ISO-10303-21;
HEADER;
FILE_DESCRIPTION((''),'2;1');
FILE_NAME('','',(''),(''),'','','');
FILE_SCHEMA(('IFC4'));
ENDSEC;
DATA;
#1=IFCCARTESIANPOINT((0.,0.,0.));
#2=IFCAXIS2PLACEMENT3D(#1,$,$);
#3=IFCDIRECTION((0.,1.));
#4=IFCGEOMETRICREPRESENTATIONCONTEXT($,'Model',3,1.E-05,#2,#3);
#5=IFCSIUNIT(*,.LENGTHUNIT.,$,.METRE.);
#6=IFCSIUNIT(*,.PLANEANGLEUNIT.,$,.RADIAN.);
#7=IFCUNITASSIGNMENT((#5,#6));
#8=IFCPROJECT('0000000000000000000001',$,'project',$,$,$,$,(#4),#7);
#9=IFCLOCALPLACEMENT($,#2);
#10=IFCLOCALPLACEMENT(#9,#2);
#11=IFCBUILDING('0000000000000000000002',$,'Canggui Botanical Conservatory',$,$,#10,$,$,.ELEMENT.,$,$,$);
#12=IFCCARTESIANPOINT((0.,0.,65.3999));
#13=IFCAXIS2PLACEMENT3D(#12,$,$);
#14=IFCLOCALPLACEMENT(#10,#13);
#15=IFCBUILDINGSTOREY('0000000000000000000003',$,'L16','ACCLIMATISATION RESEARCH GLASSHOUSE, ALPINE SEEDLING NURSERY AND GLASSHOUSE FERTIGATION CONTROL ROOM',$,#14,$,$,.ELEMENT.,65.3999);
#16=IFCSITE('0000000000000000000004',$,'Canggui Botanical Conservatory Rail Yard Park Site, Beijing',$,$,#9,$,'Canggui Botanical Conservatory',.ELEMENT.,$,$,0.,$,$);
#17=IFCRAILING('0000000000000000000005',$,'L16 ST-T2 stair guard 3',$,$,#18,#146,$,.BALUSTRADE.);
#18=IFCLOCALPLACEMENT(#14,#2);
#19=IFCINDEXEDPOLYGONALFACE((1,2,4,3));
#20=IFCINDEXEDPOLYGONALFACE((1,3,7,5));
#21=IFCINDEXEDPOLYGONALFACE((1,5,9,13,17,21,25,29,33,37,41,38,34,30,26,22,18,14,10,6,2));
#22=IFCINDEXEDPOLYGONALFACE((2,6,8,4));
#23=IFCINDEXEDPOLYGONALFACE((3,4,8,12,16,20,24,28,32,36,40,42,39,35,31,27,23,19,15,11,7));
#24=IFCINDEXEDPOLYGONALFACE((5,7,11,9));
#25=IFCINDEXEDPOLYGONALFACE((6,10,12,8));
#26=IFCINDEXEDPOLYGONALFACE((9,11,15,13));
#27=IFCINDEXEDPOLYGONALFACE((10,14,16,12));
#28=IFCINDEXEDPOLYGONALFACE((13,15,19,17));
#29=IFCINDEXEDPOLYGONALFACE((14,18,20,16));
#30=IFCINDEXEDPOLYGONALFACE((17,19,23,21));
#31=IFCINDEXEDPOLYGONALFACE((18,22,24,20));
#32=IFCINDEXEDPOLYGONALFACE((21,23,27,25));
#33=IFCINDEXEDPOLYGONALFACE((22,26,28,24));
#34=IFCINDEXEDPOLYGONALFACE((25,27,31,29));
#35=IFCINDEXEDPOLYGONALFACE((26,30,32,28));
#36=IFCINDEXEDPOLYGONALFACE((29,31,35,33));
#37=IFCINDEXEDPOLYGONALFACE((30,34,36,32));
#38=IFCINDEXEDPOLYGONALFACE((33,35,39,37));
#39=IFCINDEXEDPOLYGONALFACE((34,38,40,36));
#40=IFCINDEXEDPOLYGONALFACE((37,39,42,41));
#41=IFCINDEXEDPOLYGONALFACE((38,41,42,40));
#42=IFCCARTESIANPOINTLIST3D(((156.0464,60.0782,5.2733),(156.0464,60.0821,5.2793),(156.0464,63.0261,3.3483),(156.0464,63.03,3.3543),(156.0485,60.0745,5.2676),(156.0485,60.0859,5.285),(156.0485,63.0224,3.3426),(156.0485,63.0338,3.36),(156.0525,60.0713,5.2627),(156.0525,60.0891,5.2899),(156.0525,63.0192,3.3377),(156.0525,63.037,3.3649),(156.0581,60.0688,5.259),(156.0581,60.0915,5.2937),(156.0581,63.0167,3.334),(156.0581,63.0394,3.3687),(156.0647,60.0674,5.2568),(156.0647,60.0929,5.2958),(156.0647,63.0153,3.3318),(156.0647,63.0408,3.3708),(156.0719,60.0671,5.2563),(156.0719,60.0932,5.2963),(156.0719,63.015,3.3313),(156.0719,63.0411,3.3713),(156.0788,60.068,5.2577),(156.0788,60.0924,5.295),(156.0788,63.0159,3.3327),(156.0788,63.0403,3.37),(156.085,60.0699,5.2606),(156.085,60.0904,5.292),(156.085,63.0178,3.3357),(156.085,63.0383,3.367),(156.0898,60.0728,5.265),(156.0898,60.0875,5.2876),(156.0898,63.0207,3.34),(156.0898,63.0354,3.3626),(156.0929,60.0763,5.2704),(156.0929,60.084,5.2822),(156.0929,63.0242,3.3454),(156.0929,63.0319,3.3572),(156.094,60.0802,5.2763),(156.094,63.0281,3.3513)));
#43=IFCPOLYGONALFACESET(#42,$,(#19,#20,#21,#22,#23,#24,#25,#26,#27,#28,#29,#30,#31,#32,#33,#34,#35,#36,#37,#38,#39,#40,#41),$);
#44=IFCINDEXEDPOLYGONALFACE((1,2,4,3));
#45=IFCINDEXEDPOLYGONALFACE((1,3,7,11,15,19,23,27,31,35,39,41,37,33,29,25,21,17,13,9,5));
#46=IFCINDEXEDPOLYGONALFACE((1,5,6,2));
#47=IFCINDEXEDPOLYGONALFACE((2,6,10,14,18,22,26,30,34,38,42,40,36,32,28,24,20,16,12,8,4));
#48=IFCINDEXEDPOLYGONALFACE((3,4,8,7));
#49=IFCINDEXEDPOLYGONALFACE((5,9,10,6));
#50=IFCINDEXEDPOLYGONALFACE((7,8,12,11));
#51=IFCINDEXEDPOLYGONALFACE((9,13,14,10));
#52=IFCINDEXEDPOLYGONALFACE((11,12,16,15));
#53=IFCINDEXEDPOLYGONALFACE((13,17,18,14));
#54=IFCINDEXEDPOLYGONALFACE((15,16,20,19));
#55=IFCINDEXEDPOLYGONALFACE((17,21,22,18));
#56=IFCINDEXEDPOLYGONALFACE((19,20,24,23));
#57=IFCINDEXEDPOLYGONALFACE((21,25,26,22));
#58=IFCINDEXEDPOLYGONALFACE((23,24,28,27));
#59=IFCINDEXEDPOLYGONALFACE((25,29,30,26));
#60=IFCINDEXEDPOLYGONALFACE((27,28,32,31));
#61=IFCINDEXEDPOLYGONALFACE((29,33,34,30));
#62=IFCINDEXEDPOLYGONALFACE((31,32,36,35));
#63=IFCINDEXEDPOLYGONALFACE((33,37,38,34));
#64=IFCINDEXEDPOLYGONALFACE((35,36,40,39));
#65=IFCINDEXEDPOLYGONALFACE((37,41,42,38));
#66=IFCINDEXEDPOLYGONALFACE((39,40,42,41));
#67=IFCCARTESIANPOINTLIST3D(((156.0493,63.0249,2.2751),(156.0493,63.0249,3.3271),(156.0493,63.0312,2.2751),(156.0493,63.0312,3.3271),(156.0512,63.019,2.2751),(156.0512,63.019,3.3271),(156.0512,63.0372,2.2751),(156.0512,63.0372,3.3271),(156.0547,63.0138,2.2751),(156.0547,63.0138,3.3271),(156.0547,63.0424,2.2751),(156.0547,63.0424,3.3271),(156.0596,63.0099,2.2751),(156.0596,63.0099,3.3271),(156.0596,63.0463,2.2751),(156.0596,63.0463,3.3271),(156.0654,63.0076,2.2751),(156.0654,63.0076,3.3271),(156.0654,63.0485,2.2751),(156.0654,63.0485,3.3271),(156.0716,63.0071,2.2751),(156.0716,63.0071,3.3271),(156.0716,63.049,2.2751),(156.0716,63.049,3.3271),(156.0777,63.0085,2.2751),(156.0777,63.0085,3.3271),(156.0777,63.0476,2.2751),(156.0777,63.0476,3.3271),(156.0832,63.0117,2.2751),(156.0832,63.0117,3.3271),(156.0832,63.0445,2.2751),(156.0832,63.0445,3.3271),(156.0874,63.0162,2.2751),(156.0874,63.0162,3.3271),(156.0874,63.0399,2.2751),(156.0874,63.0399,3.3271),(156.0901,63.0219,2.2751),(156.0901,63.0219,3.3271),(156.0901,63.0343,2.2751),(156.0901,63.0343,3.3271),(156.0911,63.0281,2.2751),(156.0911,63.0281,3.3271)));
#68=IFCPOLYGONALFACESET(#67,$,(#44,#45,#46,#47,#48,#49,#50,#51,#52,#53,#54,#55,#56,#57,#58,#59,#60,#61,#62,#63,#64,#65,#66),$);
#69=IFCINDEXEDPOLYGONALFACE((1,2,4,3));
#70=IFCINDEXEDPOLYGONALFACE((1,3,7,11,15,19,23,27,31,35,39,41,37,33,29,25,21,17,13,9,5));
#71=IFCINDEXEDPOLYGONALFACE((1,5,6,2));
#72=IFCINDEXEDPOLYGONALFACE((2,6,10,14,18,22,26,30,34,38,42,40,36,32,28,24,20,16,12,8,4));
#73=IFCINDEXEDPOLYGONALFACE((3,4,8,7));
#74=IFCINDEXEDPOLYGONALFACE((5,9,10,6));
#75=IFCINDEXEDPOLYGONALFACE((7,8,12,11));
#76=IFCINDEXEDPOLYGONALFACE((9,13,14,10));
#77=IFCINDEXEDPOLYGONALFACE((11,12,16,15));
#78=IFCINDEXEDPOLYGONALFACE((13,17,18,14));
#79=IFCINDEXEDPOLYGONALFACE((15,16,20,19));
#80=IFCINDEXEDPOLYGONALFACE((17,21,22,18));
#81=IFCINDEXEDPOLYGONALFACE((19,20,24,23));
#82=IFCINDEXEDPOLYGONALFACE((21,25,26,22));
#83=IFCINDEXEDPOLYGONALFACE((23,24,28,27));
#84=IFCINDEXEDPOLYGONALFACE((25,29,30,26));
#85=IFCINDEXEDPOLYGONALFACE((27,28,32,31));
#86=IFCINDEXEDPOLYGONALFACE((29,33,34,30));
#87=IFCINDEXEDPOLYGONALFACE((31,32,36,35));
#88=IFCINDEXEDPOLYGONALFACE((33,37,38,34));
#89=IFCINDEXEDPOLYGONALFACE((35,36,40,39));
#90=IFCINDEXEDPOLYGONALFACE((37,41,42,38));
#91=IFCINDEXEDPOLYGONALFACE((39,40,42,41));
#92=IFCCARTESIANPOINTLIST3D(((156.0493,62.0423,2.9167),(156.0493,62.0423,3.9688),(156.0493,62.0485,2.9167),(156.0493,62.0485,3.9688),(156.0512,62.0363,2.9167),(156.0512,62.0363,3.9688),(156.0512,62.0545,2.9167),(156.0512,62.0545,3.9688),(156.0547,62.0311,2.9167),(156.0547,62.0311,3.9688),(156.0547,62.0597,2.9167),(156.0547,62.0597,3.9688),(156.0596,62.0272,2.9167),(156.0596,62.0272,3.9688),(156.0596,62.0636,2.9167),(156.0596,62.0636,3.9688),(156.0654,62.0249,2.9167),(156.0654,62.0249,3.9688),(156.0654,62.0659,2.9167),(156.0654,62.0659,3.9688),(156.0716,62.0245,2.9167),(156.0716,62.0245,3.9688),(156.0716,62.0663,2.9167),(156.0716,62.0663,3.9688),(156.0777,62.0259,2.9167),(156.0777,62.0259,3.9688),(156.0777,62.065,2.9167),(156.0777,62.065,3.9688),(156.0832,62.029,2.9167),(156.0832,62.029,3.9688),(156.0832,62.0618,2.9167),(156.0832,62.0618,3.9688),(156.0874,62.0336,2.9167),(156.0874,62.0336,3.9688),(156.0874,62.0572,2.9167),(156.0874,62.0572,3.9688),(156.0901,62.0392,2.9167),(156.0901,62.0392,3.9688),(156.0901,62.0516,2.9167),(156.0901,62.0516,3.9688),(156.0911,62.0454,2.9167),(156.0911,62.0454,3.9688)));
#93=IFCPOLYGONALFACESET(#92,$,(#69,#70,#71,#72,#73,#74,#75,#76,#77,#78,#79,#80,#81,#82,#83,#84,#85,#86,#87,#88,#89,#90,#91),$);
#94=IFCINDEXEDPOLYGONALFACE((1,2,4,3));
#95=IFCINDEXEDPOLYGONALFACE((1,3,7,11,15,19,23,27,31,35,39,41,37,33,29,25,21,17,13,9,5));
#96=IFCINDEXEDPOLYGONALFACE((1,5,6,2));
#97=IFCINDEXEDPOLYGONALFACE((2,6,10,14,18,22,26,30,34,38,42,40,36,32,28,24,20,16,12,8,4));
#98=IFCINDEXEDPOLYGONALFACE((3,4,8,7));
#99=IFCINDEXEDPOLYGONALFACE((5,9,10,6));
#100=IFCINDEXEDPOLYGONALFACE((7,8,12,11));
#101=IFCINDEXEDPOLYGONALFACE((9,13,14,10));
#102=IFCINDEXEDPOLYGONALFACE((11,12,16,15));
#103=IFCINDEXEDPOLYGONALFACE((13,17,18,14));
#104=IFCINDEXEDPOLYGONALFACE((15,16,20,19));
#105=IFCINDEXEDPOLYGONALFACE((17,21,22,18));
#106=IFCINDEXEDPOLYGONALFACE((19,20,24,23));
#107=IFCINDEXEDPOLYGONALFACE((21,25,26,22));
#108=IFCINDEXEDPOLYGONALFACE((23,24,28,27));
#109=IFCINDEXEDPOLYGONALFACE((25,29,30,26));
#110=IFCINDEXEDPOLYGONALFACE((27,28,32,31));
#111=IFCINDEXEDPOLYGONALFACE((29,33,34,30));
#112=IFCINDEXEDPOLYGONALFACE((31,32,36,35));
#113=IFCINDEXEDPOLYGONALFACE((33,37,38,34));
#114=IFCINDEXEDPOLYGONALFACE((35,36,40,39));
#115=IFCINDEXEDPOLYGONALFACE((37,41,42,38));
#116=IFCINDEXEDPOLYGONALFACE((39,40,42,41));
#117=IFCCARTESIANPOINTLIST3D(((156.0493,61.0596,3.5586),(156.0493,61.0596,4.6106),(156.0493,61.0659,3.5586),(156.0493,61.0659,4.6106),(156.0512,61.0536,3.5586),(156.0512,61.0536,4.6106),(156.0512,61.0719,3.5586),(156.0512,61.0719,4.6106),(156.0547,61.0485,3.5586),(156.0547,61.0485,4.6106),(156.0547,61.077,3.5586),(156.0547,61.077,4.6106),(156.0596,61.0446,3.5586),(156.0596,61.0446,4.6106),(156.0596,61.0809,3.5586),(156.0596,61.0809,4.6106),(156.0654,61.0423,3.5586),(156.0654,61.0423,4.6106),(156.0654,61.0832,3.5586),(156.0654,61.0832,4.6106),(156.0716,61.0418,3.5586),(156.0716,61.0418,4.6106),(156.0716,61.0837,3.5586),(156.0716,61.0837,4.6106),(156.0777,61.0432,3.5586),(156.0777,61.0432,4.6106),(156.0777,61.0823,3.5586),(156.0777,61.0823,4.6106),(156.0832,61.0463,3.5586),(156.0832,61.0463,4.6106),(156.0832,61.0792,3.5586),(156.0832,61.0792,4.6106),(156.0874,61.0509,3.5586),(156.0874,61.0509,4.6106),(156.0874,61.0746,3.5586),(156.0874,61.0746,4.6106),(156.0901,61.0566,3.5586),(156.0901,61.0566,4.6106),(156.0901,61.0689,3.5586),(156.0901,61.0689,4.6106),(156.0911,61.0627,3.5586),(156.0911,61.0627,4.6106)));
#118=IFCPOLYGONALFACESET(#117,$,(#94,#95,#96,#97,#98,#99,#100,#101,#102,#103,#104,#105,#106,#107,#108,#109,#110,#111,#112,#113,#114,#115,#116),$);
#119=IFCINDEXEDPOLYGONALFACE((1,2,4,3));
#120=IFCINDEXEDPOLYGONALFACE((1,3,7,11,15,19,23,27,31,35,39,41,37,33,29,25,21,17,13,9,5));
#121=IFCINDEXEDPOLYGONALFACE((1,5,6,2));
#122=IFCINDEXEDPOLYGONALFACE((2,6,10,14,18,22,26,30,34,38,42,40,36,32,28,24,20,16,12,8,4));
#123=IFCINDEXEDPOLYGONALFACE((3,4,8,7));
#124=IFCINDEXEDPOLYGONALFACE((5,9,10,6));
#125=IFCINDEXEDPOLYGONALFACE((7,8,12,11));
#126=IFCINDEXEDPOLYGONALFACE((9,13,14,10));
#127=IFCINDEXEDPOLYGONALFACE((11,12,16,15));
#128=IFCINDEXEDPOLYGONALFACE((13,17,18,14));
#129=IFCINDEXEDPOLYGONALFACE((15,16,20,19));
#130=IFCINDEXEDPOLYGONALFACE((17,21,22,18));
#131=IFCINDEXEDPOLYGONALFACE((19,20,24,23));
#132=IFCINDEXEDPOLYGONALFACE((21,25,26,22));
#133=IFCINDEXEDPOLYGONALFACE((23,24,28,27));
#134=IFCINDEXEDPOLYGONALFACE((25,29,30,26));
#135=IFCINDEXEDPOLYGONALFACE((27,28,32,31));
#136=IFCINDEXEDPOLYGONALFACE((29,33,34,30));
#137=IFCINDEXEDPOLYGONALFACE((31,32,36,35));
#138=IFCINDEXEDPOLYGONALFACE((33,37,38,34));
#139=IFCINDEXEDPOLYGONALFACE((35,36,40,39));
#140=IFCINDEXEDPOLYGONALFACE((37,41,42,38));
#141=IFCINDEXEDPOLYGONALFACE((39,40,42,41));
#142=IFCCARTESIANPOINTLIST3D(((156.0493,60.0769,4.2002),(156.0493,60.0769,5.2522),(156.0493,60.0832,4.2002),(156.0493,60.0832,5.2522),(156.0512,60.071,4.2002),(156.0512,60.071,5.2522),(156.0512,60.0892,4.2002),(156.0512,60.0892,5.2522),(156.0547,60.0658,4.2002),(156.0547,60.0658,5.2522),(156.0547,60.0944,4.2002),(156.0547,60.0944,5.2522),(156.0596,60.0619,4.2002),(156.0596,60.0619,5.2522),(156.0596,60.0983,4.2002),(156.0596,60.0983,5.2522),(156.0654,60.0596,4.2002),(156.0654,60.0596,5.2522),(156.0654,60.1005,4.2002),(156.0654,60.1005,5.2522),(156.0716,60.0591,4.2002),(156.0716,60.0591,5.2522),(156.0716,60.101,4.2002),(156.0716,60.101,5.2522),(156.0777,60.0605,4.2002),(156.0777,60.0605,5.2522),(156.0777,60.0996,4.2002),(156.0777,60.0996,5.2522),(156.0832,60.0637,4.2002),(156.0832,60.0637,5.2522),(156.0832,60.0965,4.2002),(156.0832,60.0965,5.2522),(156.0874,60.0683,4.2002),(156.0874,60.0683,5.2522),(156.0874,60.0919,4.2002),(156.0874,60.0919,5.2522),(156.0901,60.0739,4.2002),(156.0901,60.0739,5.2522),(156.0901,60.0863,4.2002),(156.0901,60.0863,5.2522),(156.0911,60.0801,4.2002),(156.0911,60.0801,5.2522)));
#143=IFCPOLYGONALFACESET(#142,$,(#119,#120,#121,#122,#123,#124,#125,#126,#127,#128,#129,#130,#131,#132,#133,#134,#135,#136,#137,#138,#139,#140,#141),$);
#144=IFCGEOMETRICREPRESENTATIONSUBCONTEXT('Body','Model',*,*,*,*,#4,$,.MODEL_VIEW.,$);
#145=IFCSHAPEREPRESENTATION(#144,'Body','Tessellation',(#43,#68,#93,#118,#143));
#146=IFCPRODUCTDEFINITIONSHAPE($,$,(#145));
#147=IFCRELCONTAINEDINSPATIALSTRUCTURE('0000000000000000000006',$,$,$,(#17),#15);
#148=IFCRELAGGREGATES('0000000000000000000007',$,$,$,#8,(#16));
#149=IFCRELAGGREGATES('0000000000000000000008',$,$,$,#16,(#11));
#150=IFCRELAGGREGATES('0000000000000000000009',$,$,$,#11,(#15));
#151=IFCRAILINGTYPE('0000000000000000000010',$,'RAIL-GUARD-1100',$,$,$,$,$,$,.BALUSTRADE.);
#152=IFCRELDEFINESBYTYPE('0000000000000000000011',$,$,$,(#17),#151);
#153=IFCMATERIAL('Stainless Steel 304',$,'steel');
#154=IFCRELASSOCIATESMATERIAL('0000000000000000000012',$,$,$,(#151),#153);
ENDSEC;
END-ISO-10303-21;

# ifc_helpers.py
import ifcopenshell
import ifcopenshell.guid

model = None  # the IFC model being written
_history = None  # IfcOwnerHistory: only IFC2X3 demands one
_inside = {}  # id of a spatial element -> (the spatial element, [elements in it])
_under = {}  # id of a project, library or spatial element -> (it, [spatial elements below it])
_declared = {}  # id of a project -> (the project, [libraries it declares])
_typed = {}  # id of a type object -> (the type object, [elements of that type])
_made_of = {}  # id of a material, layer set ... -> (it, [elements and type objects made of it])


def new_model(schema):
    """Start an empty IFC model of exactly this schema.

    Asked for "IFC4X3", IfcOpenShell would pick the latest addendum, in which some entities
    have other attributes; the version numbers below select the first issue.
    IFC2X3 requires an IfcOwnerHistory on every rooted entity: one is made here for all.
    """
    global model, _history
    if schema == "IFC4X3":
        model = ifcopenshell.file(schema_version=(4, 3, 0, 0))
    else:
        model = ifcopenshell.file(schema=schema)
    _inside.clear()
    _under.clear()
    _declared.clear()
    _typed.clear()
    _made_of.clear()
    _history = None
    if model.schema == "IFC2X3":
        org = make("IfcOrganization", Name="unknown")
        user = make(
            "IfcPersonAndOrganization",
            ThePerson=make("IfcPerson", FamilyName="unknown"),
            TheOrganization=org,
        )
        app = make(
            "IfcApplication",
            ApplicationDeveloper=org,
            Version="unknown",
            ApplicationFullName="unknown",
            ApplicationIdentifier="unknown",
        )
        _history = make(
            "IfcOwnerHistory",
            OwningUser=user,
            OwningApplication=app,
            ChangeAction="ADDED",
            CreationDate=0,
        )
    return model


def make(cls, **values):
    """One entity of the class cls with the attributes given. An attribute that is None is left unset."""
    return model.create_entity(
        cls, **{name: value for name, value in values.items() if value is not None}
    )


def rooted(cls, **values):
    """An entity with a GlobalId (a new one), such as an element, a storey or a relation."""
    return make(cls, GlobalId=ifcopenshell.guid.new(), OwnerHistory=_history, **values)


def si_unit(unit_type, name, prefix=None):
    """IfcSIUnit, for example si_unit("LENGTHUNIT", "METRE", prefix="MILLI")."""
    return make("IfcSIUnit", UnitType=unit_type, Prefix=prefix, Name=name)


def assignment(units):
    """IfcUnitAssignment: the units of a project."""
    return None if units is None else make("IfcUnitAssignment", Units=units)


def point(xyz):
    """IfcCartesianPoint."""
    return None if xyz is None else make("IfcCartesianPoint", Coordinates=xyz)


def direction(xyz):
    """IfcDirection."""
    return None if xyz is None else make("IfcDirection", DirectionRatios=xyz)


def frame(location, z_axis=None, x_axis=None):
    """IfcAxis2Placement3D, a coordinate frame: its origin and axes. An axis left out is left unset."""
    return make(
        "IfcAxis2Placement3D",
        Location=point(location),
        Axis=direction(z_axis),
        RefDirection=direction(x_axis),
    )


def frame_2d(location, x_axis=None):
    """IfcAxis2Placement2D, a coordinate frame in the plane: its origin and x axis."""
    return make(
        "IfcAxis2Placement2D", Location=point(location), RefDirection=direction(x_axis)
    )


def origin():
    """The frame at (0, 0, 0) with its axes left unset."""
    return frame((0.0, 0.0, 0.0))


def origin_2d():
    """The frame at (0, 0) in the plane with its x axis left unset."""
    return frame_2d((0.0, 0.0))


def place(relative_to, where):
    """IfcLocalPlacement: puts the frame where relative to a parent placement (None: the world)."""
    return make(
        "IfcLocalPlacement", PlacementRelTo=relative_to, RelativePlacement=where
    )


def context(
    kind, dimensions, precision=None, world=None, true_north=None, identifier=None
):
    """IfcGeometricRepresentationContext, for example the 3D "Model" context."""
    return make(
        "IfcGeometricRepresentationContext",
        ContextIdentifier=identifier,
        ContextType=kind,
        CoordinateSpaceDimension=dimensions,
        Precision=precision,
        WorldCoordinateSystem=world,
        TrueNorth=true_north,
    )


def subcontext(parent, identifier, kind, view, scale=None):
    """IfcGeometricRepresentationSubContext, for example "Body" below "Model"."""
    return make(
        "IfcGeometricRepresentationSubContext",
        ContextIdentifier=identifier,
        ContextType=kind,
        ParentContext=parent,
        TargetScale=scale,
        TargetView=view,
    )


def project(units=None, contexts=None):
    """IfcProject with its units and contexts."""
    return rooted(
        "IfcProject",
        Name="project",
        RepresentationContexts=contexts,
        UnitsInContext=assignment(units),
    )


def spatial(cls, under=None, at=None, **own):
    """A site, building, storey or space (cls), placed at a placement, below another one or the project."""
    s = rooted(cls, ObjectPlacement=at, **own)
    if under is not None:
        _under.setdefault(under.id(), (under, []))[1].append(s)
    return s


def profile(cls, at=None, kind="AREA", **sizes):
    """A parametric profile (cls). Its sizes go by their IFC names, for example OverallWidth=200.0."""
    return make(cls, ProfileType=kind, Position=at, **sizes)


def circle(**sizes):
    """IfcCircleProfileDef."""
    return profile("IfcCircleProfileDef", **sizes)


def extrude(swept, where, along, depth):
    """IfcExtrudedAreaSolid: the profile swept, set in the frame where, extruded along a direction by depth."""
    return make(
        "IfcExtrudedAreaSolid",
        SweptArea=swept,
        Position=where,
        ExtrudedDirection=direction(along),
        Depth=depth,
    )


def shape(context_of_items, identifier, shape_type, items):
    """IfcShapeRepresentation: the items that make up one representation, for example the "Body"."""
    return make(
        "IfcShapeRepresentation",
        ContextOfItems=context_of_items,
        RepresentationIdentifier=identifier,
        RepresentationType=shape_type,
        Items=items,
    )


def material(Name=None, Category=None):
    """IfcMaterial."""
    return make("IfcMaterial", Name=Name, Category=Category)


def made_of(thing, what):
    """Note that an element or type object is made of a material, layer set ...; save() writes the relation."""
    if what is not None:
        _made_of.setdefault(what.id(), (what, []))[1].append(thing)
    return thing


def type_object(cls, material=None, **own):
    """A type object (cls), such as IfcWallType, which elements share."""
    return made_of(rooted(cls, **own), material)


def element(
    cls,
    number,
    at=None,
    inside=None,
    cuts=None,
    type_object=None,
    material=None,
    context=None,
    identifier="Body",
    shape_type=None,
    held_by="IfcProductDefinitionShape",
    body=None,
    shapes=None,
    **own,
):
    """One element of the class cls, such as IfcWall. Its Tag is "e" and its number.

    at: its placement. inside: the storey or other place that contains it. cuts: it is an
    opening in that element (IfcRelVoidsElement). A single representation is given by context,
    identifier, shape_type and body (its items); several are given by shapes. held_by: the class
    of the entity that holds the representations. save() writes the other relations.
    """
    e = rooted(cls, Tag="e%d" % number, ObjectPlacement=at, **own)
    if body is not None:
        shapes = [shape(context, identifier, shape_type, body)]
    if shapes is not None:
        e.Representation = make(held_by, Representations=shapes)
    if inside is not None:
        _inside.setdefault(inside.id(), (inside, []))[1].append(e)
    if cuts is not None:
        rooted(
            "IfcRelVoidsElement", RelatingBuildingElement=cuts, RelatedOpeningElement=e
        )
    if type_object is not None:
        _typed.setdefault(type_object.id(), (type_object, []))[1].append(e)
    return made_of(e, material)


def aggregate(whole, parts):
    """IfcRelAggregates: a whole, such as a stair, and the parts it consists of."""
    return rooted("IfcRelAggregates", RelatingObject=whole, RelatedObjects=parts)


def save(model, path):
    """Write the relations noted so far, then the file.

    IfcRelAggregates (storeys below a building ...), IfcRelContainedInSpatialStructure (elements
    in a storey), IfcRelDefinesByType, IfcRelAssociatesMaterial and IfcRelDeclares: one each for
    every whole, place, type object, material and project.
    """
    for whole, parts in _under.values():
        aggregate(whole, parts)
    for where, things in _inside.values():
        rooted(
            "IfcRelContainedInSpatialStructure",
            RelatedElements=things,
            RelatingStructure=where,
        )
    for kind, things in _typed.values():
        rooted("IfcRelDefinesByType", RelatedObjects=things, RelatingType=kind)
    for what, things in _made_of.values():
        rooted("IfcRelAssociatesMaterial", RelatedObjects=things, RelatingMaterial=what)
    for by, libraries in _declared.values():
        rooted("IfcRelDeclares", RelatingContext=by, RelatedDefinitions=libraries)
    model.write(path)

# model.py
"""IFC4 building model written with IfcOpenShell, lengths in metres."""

from ifc_helpers import new_model, si_unit, direction, frame, origin, origin_2d, place, context, subcontext, project, spatial, circle, extrude, material, type_object, element, save


model = new_model("IFC4")

# Units and contexts
model_context = context("Model", 3, precision=1e-05, world=origin(), true_north=direction((0.0, 1.0)))
body_context = subcontext(model_context, "Body", "Model", "MODEL_VIEW")
ifc_project = project(units=[si_unit("LENGTHUNIT", "METRE"), si_unit("PLANEANGLEUNIT", "RADIAN")], contexts=[model_context])

# Site, building, storey
site_placement = place(None, origin())
site = spatial("IfcSite", under=ifc_project, at=site_placement, Name="Canggui Botanical Conservatory Rail Yard Park Site, Beijing", LongName="Canggui Botanical Conservatory", CompositionType="ELEMENT", RefElevation=0.0)
building_placement = place(site_placement, origin())
building = spatial("IfcBuilding", under=site, at=building_placement, Name="Canggui Botanical Conservatory", CompositionType="ELEMENT")
storey_placement = place(building_placement, frame((0.0, 0.0, 65.3999)))
storey = spatial("IfcBuildingStorey", under=building, at=storey_placement, Name="L16", Description="ACCLIMATISATION RESEARCH GLASSHOUSE, ALPINE SEEDLING NURSERY AND GLASSHOUSE FERTIGATION CONTROL ROOM", CompositionType="ELEMENT", Elevation=65.3999)

# Shared definitions
ifc_material_1 = material(Name="Stainless Steel 304", Category="steel")

# Railing
railing_type_1 = type_object("IfcRailingType", Name="RAIL-GUARD-1100", PredefinedType="BALUSTRADE", material=ifc_material_1)
railing_1_placement = place(storey_placement, frame((156.0701, 63.0281, 2.2751)))
element("IfcRailing", 1, at=railing_1_placement, inside=storey, type_object=railing_type_1, Name="L16 ST-T2 stair guard 3", PredefinedType="BALUSTRADE", context=body_context, shape_type="SweptSolid", body=[
    extrude(circle(Radius=0.0239, at=origin_2d()), frame((0.0, 0.0, 1.0762), z_axis=(0.0, -0.837293, 0.546754), x_axis=(1.0, 0.0, 0.0)), (0.0, 0.0, 1.0), 3.5208),
    extrude(circle(Radius=0.021, at=origin_2d()), origin(), (0.0, 0.0, 1.0), 1.052),
    extrude(circle(Radius=0.021, at=origin_2d()), frame((0.0, -0.9827, 0.6416)), (0.0, 0.0, 1.0), 1.052),
    extrude(circle(Radius=0.021, at=origin_2d()), frame((0.0, -1.9653, 1.2834)), (0.0, 0.0, 1.0), 1.052),
    extrude(circle(Radius=0.021, at=origin_2d()), frame((0.0, -2.948, 1.925)), (0.0, 0.0, 1.0), 1.052),
])

save(model, "model.ifc")
